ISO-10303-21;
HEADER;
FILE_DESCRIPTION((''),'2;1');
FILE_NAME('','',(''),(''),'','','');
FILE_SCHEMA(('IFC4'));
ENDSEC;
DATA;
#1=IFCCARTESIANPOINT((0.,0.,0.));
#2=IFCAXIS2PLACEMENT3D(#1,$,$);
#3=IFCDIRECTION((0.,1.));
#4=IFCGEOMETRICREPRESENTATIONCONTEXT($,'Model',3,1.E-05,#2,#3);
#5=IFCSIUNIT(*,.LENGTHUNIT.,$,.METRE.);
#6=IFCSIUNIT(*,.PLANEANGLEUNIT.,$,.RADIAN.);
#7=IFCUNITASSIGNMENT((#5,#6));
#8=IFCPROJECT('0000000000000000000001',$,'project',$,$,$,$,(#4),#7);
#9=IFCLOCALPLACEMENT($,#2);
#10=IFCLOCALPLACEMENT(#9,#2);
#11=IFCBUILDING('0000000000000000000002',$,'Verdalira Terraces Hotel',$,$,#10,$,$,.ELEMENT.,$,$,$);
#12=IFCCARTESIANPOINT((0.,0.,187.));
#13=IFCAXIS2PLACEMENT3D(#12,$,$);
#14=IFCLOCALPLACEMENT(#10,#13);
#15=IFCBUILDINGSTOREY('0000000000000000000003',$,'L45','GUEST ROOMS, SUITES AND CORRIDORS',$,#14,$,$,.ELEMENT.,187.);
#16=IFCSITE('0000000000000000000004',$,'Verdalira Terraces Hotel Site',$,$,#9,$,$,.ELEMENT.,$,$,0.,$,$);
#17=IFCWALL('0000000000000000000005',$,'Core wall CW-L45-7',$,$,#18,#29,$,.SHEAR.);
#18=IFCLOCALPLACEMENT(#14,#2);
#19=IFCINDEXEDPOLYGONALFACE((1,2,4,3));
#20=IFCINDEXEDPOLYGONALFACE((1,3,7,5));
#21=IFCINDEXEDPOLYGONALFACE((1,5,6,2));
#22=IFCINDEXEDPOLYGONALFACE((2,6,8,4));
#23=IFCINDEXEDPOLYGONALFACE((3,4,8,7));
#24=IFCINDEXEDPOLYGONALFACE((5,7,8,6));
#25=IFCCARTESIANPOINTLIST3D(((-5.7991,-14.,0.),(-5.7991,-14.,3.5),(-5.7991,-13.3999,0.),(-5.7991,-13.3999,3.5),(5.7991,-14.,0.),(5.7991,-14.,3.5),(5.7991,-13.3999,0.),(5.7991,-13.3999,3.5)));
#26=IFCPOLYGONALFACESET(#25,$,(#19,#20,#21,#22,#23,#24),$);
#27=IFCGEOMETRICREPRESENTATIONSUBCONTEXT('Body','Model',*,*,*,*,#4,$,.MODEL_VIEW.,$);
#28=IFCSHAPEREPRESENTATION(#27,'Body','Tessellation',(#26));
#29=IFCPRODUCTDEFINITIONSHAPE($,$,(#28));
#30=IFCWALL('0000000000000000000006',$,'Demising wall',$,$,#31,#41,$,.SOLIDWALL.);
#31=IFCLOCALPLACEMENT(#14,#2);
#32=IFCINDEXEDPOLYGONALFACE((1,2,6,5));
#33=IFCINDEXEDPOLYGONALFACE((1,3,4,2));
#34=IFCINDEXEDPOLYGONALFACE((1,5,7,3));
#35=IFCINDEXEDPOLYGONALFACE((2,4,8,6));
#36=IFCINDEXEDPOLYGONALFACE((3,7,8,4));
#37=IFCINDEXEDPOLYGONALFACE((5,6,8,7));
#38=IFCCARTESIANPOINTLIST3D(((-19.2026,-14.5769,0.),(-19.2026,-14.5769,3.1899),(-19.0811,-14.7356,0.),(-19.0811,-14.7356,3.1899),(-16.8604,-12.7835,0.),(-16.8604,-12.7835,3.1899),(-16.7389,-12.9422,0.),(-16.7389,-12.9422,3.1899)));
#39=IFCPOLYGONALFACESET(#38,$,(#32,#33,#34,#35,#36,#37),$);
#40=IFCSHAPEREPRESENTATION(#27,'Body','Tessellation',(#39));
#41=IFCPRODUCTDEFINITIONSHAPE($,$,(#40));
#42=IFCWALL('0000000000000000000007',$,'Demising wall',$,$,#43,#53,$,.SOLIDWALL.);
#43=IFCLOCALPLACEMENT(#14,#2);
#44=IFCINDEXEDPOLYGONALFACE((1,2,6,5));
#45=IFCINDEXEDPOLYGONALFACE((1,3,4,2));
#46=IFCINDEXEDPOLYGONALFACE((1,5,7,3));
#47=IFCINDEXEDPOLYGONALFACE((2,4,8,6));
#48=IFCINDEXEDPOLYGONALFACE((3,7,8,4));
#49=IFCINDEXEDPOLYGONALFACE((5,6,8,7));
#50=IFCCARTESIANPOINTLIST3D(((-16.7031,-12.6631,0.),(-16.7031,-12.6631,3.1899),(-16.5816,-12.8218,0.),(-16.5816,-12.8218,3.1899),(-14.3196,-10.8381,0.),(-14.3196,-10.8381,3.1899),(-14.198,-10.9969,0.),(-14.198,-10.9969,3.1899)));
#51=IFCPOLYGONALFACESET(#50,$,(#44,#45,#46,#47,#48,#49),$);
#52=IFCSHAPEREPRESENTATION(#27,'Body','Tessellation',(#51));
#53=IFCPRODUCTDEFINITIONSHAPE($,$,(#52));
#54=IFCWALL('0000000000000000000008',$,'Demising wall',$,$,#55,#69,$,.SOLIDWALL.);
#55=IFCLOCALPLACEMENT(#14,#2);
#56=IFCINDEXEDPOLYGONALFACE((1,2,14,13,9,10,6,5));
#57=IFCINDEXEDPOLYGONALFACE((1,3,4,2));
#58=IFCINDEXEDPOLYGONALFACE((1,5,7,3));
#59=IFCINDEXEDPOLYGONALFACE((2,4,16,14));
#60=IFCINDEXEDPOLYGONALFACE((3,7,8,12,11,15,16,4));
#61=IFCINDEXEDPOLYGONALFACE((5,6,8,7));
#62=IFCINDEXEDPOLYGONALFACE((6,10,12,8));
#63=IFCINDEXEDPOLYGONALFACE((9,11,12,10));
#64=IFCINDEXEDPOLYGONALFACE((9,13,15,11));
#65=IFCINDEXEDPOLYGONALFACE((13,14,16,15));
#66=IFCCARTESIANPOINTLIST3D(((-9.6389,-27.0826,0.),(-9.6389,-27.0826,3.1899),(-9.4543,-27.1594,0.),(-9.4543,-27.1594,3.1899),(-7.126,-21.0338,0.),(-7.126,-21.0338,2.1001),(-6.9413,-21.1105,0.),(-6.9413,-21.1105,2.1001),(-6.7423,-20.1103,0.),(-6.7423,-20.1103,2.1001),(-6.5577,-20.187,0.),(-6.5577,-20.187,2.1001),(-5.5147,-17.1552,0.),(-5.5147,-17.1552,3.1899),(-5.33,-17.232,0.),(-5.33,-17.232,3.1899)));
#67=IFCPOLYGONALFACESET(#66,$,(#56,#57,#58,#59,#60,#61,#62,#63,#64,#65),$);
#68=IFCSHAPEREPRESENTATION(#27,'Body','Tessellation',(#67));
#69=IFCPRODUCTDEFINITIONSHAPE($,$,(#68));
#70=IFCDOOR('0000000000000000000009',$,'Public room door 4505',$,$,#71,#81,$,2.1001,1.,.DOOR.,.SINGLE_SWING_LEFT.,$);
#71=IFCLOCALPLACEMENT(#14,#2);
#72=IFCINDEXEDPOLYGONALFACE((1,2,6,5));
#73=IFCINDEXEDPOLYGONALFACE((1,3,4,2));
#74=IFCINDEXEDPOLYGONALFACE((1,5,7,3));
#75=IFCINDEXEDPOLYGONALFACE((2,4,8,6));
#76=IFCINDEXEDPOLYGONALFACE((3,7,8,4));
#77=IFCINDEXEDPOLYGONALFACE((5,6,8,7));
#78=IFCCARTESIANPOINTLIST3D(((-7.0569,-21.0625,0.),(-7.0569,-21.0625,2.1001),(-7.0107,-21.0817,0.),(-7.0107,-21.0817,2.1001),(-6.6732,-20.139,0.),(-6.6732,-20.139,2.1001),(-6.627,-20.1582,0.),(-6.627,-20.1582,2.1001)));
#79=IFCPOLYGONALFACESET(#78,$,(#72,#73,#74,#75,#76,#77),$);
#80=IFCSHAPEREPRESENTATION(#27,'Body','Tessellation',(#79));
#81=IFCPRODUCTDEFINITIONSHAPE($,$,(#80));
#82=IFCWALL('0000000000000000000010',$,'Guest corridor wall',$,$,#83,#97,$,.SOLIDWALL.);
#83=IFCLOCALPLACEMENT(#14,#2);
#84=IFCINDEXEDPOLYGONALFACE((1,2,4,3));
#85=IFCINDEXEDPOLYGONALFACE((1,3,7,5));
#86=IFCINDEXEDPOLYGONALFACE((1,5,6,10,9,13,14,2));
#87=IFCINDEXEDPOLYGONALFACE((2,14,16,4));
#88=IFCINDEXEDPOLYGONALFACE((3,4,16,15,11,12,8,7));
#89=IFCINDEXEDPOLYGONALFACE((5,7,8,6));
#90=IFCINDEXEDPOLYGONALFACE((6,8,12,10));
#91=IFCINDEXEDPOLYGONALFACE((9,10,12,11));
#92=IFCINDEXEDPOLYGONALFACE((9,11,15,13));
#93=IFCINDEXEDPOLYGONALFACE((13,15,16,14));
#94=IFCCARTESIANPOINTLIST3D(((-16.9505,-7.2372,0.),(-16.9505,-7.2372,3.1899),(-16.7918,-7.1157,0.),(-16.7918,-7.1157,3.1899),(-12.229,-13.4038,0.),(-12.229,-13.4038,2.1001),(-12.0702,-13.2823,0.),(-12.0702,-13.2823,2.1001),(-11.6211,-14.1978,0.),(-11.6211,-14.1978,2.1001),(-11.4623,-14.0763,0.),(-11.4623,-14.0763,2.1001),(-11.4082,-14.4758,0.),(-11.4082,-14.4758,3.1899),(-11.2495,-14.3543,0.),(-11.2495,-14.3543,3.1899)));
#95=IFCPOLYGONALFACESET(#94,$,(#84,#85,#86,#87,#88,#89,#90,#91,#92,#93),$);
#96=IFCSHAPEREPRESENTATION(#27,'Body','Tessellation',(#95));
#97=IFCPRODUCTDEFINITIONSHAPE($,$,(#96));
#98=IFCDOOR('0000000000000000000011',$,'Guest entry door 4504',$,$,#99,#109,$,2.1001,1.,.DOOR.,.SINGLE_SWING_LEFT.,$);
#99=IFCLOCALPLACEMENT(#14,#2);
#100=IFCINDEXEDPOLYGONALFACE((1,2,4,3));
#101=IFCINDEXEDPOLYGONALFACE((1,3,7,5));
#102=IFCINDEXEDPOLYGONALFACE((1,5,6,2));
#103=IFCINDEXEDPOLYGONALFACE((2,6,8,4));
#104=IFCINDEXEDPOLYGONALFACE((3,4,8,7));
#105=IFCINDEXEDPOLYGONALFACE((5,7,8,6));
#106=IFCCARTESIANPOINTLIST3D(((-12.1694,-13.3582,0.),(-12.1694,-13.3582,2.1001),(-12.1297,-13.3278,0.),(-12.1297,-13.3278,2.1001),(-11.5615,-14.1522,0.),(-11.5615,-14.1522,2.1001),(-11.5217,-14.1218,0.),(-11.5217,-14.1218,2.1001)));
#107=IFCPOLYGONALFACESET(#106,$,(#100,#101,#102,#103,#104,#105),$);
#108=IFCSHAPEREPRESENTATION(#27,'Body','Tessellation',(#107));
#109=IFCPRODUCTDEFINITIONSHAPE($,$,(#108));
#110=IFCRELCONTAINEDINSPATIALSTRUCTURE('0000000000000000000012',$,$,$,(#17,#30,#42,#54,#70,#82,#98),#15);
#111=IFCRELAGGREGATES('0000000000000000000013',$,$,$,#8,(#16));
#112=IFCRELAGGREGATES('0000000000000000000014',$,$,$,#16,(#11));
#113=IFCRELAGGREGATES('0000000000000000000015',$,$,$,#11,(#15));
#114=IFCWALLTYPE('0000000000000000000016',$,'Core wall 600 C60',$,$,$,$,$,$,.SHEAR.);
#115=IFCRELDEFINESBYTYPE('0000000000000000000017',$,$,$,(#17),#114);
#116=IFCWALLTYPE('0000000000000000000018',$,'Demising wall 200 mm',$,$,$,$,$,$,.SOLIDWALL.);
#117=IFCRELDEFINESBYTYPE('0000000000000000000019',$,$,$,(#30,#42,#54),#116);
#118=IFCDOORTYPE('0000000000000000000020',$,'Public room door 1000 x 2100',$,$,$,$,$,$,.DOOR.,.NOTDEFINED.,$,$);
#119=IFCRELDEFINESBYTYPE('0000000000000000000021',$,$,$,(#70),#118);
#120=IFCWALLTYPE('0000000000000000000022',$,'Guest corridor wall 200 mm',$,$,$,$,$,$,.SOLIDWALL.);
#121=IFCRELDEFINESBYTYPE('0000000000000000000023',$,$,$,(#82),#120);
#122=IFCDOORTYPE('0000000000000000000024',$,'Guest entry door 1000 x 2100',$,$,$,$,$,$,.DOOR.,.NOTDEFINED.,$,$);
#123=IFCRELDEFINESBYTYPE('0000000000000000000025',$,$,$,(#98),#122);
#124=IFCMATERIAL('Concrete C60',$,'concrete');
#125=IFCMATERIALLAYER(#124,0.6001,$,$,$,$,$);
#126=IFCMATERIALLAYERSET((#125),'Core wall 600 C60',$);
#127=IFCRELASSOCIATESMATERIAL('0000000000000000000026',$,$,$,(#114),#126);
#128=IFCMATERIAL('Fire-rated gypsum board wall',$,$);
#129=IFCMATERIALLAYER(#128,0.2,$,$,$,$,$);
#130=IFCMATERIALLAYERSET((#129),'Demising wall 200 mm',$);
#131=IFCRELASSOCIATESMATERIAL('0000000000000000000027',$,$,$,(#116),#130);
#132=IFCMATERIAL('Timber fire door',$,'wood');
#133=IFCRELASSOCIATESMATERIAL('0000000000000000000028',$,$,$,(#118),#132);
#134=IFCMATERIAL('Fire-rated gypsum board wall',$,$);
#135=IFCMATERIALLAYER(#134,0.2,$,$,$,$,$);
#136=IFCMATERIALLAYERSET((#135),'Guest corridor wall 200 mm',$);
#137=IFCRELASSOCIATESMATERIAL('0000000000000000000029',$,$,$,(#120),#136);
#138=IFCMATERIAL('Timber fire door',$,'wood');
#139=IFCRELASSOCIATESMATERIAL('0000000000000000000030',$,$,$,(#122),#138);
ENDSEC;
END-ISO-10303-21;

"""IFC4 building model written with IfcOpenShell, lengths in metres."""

from ifc_helpers import new_model, si_unit, direction, frame, frame_2d, origin, place, context, subcontext, project, spatial, rectangle, extrude, material, layer, layer_set, type_object, element, fill, save


model = new_model("IFC4")

# Units and contexts
model_context = context("Model", 3, precision=1e-05, world=origin(), true_north=direction((0.0, 1.0)))
body_context = subcontext(model_context, "Body", "Model", "MODEL_VIEW")
ifc_project = project(units=[si_unit("LENGTHUNIT", "METRE"), si_unit("PLANEANGLEUNIT", "RADIAN")], contexts=[model_context])

# Site, building, storey
site_placement = place(None, origin())
site = spatial("IfcSite", under=ifc_project, at=site_placement, Name="Verdalira Terraces Hotel Site", CompositionType="ELEMENT", RefElevation=0.0)
building_placement = place(site_placement, origin())
building = spatial("IfcBuilding", under=site, at=building_placement, Name="Verdalira Terraces Hotel", CompositionType="ELEMENT")
storey_placement = place(building_placement, frame((0.0, 0.0, 187.0)))
storey = spatial("IfcBuildingStorey", under=building, at=storey_placement, Name="L45", Description="GUEST ROOMS, SUITES AND CORRIDORS", CompositionType="ELEMENT", Elevation=187.0)

# Walls
ifc_material_1 = material(Name="Concrete C60", Category="concrete")
ifc_layer_1 = layer(ifc_material_1, 0.6001)
ifc_layer_set_1 = layer_set([ifc_layer_1], Name="Core wall 600 C60")
wall_type_1 = type_object("IfcWallType", Name="Core wall 600 C60", PredefinedType="SHEAR", material=ifc_layer_set_1)
wall_1_placement = place(storey_placement, frame((-5.7991, -13.7, 0.0), z_axis=(0.0, 0.0, 1.0), x_axis=(1.0, 0.0, 0.0)))
element("IfcWall", 1, at=wall_1_placement, inside=storey, type_object=wall_type_1, Name="Core wall CW-L45-7", PredefinedType="SHEAR", context=body_context, shape_type="SweptSolid", body=[
    extrude(rectangle(XDim=11.5981, YDim=0.6001, at=frame_2d((5.7991, 0.0))), origin(), (0.0, 0.0, 1.0), 3.5),
])
ifc_material_2 = material(Name="Fire-rated gypsum board wall")
ifc_layer_2 = layer(ifc_material_2, 0.2)
ifc_layer_set_2 = layer_set([ifc_layer_2], Name="Demising wall 200 mm")
wall_type_2 = type_object("IfcWallType", Name="Demising wall 200 mm", PredefinedType="SOLIDWALL", material=ifc_layer_set_2)
wall_2_placement = place(storey_placement, frame((-16.7996, -12.8628, 0.0), z_axis=(0.0, 0.0, 1.0), x_axis=(-0.793982, -0.607941, 0.0)))
element("IfcWall", 2, at=wall_2_placement, inside=storey, type_object=wall_type_2, Name="Demising wall", PredefinedType="SOLIDWALL", context=body_context, shape_type="SweptSolid", body=[
    extrude(rectangle(XDim=2.95, YDim=0.2, at=frame_2d((1.4751, 0.0))), origin(), (0.0, 0.0, 1.0), 3.1899),
])
wall_3_placement = place(storey_placement, frame((-14.2588, -10.9175, 0.0), z_axis=(0.0, 0.0, 1.0), x_axis=(-0.793998, -0.607921, 0.0)))
element("IfcWall", 3, at=wall_3_placement, inside=storey, type_object=wall_type_2, Name="Demising wall", PredefinedType="SOLIDWALL", context=body_context, shape_type="SweptSolid", body=[
    extrude(rectangle(XDim=3.002, YDim=0.2, at=frame_2d((1.501, 0.0))), origin(), (0.0, 0.0, 1.0), 3.1899),
])

# Walls, openings, doors
wall_4_placement = place(storey_placement, frame((-5.4224, -17.1936, 0.0), z_axis=(0.0, 0.0, 1.0), x_axis=(-0.383649, -0.923479, 0.0)))
wall_4 = element("IfcWall", 4, at=wall_4_placement, inside=storey, type_object=wall_type_2, Name="Demising wall", PredefinedType="SOLIDWALL", context=body_context, shape_type="SweptSolid", body=[
    extrude(rectangle(XDim=10.75, YDim=0.2, at=frame_2d((5.375, 0.0))), origin(), (0.0, 0.0, 1.0), 3.1899),
])
opening_1_placement = place(wall_4_placement, frame((3.2, 0.0, 0.0)))
opening_1 = element("IfcOpeningElement", 5, at=opening_1_placement, cuts=wall_4, PredefinedType="OPENING", context=body_context, shape_type="SweptSolid", body=[
    extrude(rectangle(XDim=1.0, YDim=2.1001, at=frame_2d((0.5, 1.05))), frame((0.0, 0.1099, 0.0), z_axis=(0.0, -1.0, 0.0), x_axis=(1.0, 0.0, 0.0)), (0.0, 0.0, 1.0), 0.22),
])
ifc_material_3 = material(Name="Timber fire door", Category="wood")
door_type_1 = type_object("IfcDoorType", Name="Public room door 1000 x 2100", OperationType="NOTDEFINED", PredefinedType="DOOR", material=ifc_material_3)
door_1_placement = place(opening_1_placement, origin())
door_1 = element("IfcDoor", 6, at=door_1_placement, inside=storey, type_object=door_type_1, Name="Public room door 4505", OperationType="SINGLE_SWING_LEFT", OverallHeight=2.1001, OverallWidth=1.0, PredefinedType="DOOR", context=body_context, shape_type="SweptSolid", body=[
    extrude(rectangle(XDim=1.0, YDim=2.1001, at=frame_2d((0.5, 1.05))), frame((0.0, 0.0249, 0.0), z_axis=(0.0, -1.0, 0.0), x_axis=(1.0, 0.0, 0.0)), (0.0, 0.0, 1.0), 0.05),
])
fill(opening_1, door_1)
ifc_material_4 = material(Name="Fire-rated gypsum board wall")
ifc_layer_3 = layer(ifc_material_4, 0.2)
ifc_layer_set_3 = layer_set([ifc_layer_3], Name="Guest corridor wall 200 mm")
wall_type_3 = type_object("IfcWallType", Name="Guest corridor wall 200 mm", PredefinedType="SOLIDWALL", material=ifc_layer_set_3)
wall_5_placement = place(storey_placement, frame((-11.3289, -14.415, 0.0), z_axis=(0.0, 0.0, 1.0), x_axis=(-0.607927, 0.793993, 0.0)))
wall_5 = element("IfcWall", 7, at=wall_5_placement, inside=storey, type_object=wall_type_3, Name="Guest corridor wall", PredefinedType="SOLIDWALL", context=body_context, shape_type="SweptSolid", body=[
    extrude(rectangle(XDim=9.1167, YDim=0.2, at=frame_2d((4.5583, 0.0))), origin(), (0.0, 0.0, 1.0), 3.1899),
])
opening_2_placement = place(wall_5_placement, frame((0.3501, 0.0, 0.0)))
opening_2 = element("IfcOpeningElement", 8, at=opening_2_placement, cuts=wall_5, PredefinedType="OPENING", context=body_context, shape_type="SweptSolid", body=[
    extrude(rectangle(XDim=1.0, YDim=2.1001, at=frame_2d((0.5, 1.05))), frame((0.0, 0.1099, 0.0), z_axis=(0.0, -1.0, 0.0), x_axis=(1.0, 0.0, 0.0)), (0.0, 0.0, 1.0), 0.22),
])
ifc_material_5 = material(Name="Timber fire door", Category="wood")
door_type_2 = type_object("IfcDoorType", Name="Guest entry door 1000 x 2100", OperationType="NOTDEFINED", PredefinedType="DOOR", material=ifc_material_5)
door_2_placement = place(opening_2_placement, origin())
door_2 = element("IfcDoor", 9, at=door_2_placement, inside=storey, type_object=door_type_2, Name="Guest entry door 4504", OperationType="SINGLE_SWING_LEFT", OverallHeight=2.1001, OverallWidth=1.0, PredefinedType="DOOR", context=body_context, shape_type="SweptSolid", body=[
    extrude(rectangle(XDim=1.0, YDim=2.1001, at=frame_2d((0.5, 1.05))), frame((0.0, 0.0249, 0.0), z_axis=(0.0, -1.0, 0.0), x_axis=(1.0, 0.0, 0.0)), (0.0, 0.0, 1.0), 0.05),
])
fill(opening_2, door_2)

save(model, "model.ifc")
